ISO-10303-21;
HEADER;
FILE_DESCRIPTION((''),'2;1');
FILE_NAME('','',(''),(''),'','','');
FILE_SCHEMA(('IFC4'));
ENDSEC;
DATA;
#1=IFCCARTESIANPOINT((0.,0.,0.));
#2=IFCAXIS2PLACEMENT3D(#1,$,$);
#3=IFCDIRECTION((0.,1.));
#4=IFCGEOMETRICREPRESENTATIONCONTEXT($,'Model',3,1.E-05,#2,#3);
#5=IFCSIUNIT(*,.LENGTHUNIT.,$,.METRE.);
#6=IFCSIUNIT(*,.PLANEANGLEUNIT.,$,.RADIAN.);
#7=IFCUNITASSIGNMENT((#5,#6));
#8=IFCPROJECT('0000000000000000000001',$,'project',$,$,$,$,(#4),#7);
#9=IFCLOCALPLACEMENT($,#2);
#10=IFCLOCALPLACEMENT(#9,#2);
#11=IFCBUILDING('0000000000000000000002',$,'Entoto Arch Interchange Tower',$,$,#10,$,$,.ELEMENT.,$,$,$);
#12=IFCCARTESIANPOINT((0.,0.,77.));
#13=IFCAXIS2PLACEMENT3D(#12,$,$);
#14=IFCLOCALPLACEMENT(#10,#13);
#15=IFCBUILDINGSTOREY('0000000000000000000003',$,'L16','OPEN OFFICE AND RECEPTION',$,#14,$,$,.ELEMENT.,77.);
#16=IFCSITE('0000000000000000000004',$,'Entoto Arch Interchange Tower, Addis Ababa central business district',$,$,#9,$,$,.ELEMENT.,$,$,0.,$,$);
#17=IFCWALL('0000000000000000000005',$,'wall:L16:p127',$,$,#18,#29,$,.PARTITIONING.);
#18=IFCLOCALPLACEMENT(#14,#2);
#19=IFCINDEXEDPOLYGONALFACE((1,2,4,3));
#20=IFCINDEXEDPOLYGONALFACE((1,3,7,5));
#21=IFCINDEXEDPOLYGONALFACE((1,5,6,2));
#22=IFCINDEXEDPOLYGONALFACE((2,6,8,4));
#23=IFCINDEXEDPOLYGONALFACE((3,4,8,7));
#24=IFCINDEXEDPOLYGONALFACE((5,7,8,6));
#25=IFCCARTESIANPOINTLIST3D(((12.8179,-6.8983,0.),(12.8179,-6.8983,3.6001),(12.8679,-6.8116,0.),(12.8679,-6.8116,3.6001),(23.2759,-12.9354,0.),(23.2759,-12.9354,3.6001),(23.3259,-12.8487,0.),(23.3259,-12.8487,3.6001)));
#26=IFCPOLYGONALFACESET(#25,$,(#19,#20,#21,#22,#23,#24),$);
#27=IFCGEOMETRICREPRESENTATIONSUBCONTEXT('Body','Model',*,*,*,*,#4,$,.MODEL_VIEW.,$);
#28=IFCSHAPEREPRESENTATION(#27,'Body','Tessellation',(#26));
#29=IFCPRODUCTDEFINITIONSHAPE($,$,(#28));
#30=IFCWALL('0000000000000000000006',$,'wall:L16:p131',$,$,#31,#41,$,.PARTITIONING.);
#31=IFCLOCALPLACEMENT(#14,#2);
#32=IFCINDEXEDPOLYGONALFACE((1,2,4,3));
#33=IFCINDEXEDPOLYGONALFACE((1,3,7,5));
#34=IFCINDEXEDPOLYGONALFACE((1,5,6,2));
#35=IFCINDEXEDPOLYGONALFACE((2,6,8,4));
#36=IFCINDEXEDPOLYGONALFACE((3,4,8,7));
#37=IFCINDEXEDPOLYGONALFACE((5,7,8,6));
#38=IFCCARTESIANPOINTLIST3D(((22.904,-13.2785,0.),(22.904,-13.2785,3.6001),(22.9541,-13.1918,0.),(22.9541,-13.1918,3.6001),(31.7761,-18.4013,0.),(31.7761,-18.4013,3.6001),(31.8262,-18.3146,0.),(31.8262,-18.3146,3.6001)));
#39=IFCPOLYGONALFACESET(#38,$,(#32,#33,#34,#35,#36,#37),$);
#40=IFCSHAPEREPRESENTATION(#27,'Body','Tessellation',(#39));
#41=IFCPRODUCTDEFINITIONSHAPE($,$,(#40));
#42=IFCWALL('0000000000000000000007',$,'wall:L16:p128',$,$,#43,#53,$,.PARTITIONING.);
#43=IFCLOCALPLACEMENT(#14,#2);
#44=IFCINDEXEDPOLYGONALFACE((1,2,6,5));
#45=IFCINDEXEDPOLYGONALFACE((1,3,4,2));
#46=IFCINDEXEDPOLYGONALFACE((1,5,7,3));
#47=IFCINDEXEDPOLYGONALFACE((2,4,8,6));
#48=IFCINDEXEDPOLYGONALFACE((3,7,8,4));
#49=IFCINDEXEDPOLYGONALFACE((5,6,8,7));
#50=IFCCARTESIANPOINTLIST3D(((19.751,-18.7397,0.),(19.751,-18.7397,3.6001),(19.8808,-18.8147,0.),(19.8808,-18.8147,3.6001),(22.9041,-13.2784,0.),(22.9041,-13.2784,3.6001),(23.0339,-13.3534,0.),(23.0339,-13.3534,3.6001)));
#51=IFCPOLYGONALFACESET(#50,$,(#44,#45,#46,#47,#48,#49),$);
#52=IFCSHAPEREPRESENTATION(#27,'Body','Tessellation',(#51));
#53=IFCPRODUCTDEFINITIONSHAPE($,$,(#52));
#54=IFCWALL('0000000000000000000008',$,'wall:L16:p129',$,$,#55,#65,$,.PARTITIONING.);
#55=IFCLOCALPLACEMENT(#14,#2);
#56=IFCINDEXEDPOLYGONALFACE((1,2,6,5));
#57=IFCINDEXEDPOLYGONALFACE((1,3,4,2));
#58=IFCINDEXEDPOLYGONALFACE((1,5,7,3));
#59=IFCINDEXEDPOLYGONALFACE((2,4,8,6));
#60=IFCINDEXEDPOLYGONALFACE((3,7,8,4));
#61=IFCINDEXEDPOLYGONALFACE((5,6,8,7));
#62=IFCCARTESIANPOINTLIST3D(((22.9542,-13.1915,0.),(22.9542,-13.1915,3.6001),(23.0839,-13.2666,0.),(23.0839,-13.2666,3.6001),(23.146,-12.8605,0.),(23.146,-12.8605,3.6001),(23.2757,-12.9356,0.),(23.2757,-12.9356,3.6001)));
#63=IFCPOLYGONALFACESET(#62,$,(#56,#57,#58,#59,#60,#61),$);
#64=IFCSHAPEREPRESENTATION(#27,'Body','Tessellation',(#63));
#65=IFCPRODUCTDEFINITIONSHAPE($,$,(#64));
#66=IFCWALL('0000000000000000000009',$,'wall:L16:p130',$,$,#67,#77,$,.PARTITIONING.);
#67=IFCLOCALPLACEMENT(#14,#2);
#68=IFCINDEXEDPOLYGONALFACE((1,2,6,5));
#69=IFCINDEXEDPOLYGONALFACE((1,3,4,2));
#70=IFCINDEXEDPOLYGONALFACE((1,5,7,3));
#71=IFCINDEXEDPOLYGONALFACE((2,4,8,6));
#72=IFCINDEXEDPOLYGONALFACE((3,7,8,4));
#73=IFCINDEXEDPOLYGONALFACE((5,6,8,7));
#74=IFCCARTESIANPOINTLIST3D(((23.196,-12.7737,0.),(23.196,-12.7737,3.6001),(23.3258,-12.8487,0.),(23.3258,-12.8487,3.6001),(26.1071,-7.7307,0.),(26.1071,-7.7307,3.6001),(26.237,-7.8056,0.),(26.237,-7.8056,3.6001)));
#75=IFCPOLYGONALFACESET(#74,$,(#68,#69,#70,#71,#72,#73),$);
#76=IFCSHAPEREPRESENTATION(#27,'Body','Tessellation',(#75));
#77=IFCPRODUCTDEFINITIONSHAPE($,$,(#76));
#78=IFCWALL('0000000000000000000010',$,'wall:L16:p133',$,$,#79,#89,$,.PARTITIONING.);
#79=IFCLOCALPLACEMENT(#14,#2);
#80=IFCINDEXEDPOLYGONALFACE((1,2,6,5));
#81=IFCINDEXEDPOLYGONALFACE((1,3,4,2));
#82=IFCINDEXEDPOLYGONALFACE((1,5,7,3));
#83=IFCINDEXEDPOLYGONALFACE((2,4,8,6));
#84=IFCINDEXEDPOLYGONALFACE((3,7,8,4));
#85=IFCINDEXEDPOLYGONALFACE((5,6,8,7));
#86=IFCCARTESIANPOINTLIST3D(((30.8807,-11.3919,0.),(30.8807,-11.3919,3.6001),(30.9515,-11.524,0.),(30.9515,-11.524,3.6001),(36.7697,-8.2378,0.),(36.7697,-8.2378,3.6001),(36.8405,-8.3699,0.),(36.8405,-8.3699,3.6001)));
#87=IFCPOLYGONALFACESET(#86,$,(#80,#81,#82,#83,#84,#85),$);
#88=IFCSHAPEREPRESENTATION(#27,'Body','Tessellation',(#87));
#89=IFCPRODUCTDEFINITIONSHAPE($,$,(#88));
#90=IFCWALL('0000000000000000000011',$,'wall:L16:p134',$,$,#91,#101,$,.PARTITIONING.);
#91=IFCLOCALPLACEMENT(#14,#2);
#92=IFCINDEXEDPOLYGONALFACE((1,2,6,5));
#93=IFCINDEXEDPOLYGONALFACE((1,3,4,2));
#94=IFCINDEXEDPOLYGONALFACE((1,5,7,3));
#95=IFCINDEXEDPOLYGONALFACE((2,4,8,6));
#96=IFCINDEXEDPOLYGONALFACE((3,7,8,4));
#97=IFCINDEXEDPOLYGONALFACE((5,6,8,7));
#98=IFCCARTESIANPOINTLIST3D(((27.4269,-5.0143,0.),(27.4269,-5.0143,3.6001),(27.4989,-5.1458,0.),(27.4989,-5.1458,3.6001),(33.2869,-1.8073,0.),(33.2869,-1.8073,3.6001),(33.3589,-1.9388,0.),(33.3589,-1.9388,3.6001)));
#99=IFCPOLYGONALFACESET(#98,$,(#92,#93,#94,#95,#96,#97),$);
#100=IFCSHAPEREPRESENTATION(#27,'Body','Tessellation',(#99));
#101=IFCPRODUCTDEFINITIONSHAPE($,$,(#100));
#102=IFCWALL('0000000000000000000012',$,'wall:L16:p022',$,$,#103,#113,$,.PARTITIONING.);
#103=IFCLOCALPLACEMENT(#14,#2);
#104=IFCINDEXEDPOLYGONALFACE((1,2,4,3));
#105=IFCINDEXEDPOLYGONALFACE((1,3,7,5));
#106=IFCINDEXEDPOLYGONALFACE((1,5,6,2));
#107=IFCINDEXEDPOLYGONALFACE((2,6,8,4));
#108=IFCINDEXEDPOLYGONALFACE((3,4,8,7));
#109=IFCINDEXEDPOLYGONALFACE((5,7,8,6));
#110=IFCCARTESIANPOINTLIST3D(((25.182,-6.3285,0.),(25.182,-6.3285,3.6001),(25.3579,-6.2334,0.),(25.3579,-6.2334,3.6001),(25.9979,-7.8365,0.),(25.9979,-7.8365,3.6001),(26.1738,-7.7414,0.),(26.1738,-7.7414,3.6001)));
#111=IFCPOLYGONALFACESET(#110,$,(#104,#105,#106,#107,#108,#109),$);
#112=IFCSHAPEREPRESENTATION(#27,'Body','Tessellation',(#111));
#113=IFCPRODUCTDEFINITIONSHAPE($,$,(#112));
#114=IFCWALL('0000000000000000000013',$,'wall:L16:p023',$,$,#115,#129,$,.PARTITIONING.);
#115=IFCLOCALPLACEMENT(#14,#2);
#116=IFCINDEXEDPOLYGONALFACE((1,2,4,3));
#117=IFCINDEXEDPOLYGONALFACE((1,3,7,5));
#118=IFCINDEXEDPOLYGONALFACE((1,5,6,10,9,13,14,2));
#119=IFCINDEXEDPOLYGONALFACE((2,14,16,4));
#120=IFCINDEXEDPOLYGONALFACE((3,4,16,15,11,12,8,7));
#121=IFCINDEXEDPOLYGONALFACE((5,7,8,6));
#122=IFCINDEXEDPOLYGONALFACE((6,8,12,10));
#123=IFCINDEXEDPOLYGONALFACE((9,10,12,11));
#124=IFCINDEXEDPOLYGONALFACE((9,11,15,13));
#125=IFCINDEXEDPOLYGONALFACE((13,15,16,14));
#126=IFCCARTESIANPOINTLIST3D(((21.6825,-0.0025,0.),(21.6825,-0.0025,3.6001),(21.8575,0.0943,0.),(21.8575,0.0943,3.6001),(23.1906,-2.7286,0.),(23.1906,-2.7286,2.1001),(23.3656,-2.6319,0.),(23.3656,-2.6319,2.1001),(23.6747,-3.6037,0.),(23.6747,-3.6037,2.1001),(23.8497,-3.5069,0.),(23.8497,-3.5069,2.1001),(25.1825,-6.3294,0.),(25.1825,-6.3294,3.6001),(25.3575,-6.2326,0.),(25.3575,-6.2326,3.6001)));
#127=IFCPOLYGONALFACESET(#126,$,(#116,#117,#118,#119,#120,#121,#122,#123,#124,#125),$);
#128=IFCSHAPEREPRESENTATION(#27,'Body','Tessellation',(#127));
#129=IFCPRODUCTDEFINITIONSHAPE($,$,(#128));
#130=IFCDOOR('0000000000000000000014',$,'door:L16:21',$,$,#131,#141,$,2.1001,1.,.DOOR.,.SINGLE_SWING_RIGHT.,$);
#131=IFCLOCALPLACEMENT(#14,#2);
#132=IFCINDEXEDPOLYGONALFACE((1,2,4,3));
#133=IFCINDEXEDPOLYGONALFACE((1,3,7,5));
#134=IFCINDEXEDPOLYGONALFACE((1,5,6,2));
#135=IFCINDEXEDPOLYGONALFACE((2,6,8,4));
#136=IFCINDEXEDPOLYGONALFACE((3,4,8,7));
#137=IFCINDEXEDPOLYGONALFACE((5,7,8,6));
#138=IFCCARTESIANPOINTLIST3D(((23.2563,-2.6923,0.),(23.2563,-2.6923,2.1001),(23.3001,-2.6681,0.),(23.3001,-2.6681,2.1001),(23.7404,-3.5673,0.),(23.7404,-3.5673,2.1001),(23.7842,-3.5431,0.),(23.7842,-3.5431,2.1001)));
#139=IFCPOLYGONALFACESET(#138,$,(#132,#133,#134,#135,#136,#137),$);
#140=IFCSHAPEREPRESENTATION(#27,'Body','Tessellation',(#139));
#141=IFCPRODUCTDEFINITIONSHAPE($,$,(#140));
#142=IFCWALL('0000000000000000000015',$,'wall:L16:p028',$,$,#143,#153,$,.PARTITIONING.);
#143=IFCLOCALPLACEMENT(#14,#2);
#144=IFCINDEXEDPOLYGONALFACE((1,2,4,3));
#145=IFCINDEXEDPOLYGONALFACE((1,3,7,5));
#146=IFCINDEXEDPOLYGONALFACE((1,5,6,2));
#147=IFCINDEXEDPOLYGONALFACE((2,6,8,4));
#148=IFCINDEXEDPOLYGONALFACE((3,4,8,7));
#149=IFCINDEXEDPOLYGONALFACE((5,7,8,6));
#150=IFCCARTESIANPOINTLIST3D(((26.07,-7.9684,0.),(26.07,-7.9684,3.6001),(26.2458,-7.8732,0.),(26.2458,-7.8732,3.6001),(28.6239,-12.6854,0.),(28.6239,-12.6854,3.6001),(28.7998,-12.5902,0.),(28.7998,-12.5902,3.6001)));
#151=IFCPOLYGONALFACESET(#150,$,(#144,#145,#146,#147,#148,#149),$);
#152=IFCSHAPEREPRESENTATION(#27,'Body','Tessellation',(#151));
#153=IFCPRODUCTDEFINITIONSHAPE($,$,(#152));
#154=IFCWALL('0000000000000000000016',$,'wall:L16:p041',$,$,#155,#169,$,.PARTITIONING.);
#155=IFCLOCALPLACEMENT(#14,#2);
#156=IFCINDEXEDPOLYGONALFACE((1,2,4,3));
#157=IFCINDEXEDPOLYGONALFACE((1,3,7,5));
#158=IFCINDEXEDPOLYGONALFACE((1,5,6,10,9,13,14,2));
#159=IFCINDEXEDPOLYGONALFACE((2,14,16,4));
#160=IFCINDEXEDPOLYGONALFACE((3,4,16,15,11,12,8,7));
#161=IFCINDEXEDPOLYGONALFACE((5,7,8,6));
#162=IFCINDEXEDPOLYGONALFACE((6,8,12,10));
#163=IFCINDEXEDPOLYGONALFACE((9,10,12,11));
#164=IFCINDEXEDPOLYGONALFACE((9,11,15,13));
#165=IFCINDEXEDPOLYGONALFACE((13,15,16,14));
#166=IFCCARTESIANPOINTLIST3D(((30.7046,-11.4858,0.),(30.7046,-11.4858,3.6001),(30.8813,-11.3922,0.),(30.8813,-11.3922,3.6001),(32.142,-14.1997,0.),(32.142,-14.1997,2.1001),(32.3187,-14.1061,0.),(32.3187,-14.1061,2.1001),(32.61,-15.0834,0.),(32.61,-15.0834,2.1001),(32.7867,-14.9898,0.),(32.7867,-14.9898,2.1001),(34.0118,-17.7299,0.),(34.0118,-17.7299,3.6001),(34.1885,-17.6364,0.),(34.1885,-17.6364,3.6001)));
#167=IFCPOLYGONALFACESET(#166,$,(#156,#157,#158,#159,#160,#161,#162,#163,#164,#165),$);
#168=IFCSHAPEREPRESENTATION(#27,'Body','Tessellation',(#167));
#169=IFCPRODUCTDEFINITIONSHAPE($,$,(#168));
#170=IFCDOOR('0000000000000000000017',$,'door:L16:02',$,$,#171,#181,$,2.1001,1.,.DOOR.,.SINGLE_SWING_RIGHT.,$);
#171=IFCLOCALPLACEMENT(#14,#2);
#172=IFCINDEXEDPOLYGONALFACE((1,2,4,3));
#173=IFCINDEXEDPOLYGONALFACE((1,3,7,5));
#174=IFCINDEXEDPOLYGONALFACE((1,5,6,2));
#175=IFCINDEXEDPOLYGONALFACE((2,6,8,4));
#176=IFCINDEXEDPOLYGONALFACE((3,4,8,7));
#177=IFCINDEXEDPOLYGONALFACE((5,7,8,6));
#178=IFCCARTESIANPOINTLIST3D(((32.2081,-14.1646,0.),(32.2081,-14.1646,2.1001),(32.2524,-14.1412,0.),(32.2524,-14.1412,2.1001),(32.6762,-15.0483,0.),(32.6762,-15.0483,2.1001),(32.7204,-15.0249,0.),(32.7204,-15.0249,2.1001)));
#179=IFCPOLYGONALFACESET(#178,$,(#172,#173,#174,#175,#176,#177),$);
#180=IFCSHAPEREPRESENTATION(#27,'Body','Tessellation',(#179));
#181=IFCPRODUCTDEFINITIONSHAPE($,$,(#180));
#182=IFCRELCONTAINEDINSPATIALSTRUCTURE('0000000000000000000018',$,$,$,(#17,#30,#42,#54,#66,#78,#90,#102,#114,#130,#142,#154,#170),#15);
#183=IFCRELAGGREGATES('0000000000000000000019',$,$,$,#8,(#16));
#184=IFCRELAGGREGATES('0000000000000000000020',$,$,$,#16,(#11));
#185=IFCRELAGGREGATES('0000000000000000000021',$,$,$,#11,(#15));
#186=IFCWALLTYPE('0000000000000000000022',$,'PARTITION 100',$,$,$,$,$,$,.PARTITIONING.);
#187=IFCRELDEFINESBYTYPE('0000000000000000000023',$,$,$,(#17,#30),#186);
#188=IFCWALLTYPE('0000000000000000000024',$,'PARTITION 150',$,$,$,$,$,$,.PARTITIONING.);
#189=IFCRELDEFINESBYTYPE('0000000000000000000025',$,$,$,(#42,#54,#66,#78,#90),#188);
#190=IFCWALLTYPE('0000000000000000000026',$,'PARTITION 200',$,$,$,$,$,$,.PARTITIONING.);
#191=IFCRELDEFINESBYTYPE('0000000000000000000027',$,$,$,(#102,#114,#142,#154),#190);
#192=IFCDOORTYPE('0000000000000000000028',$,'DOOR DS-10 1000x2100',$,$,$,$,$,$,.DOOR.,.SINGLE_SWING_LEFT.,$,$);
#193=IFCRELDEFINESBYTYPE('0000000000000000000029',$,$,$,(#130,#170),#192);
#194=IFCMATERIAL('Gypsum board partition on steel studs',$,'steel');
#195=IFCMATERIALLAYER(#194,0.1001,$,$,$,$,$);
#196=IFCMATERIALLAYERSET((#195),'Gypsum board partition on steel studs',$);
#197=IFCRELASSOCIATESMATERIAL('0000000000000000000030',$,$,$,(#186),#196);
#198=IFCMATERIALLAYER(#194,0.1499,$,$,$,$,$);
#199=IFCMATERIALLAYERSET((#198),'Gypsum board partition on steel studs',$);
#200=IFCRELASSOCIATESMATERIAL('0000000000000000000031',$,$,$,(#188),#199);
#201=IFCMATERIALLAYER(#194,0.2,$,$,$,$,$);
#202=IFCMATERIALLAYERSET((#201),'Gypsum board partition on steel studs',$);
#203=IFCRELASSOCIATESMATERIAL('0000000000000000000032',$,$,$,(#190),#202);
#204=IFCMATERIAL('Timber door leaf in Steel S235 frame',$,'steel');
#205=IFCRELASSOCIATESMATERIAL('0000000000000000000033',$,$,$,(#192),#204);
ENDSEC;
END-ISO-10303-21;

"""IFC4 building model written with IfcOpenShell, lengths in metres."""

from ifc_helpers import new_model, si_unit, direction, frame, frame_2d, origin, place, context, subcontext, project, spatial, rectangle, extrude, material, layer, layer_set, type_object, element, fill, save


model = new_model("IFC4")

# Units and contexts
model_context = context("Model", 3, precision=1e-05, world=origin(), true_north=direction((0.0, 1.0)))
body_context = subcontext(model_context, "Body", "Model", "MODEL_VIEW")
ifc_project = project(units=[si_unit("LENGTHUNIT", "METRE"), si_unit("PLANEANGLEUNIT", "RADIAN")], contexts=[model_context])

# Site, building, storey
site_placement = place(None, origin())
site = spatial("IfcSite", under=ifc_project, at=site_placement, Name="Entoto Arch Interchange Tower, Addis Ababa central business district", CompositionType="ELEMENT", RefElevation=0.0)
building_placement = place(site_placement, origin())
building = spatial("IfcBuilding", under=site, at=building_placement, Name="Entoto Arch Interchange Tower", CompositionType="ELEMENT")
storey_placement = place(building_placement, frame((0.0, 0.0, 77.0)))
storey = spatial("IfcBuildingStorey", under=building, at=storey_placement, Name="L16", Description="OPEN OFFICE AND RECEPTION", CompositionType="ELEMENT", Elevation=77.0)

# Walls
ifc_material_1 = material(Name="Gypsum board partition on steel studs", Category="steel")
ifc_layer_1 = layer(ifc_material_1, 0.1001)
ifc_layer_set_1 = layer_set([ifc_layer_1], Name="Gypsum board partition on steel studs")
wall_type_1 = type_object("IfcWallType", Name="PARTITION 100", PredefinedType="PARTITIONING", material=ifc_layer_set_1)
wall_1_placement = place(storey_placement, frame((12.843, -6.855, 0.0), z_axis=(0.0, 0.0, 1.0), x_axis=(0.866055, -0.499949, 0.0)))
element("IfcWall", 1, at=wall_1_placement, inside=storey, type_object=wall_type_1, Name="wall:L16:p127", PredefinedType="PARTITIONING", context=body_context, shape_type="SweptSolid", body=[
    extrude(rectangle(XDim=12.0754, YDim=0.1001, at=frame_2d((6.0376, 0.0))), origin(), (0.0, 0.0, 1.0), 3.6001),
])
wall_2_placement = place(storey_placement, frame((22.929, -13.2351, 0.0), z_axis=(0.0, 0.0, 1.0), x_axis=(0.866004, -0.500037, 0.0)))
element("IfcWall", 2, at=wall_2_placement, inside=storey, type_object=wall_type_1, Name="wall:L16:p131", PredefinedType="PARTITIONING", context=body_context, shape_type="SweptSolid", body=[
    extrude(rectangle(XDim=10.2449, YDim=0.1001, at=frame_2d((5.1226, 0.0))), origin(), (0.0, 0.0, 1.0), 3.6001),
])
ifc_layer_2 = layer(ifc_material_1, 0.1499)
ifc_layer_set_2 = layer_set([ifc_layer_2], Name="Gypsum board partition on steel studs")
wall_type_2 = type_object("IfcWallType", Name="PARTITION 150", PredefinedType="PARTITIONING", material=ifc_layer_set_2)
wall_3_placement = place(storey_placement, frame((22.969, -13.3159, 0.0), z_axis=(0.0, 0.0, 1.0), x_axis=(-0.500007, -0.866021, 0.0)))
element("IfcWall", 3, at=wall_3_placement, inside=storey, type_object=wall_type_2, Name="wall:L16:p128", PredefinedType="PARTITIONING", context=body_context, shape_type="SweptSolid", body=[
    extrude(rectangle(XDim=6.3062, YDim=0.1499, at=frame_2d((3.1531, 0.0))), origin(), (0.0, 0.0, 1.0), 3.6001),
])
wall_4_placement = place(storey_placement, frame((23.2109, -12.8979, 0.0), z_axis=(0.0, 0.0, 1.0), x_axis=(-0.501489, -0.865164, 0.0)))
element("IfcWall", 4, at=wall_4_placement, inside=storey, type_object=wall_type_2, Name="wall:L16:p129", PredefinedType="PARTITIONING", context=body_context, shape_type="SweptSolid", body=[
    extrude(rectangle(XDim=0.3826, YDim=0.1499, at=frame_2d((0.1914, 0.0))), origin(), (0.0, 0.0, 1.0), 3.6001),
])
wall_5_placement = place(storey_placement, frame((26.1721, -7.7681, 0.0), z_axis=(0.0, 0.0, 1.0), x_axis=(-0.499945, -0.866057, 0.0)))
element("IfcWall", 5, at=wall_5_placement, inside=storey, type_object=wall_type_2, Name="wall:L16:p130", PredefinedType="PARTITIONING", context=body_context, shape_type="SweptSolid", body=[
    extrude(rectangle(XDim=5.823, YDim=0.1499, at=frame_2d((2.9116, 0.0))), origin(), (0.0, 0.0, 1.0), 3.6001),
])
wall_6_placement = place(storey_placement, frame((30.916, -11.458, 0.0), z_axis=(0.0, 0.0, 1.0), x_axis=(0.881525, 0.472137, 0.0)))
element("IfcWall", 6, at=wall_6_placement, inside=storey, type_object=wall_type_2, Name="wall:L16:p133", PredefinedType="PARTITIONING", context=body_context, shape_type="SweptSolid", body=[
    extrude(rectangle(XDim=6.6804, YDim=0.1499, at=frame_2d((3.3403, 0.0))), origin(), (0.0, 0.0, 1.0), 3.6001),
])
wall_7_placement = place(storey_placement, frame((27.4629, -5.0801, 0.0), z_axis=(0.0, 0.0, 1.0), x_axis=(0.877227, 0.480076, 0.0)))
element("IfcWall", 7, at=wall_7_placement, inside=storey, type_object=wall_type_2, Name="wall:L16:p134", PredefinedType="PARTITIONING", context=body_context, shape_type="SweptSolid", body=[
    extrude(rectangle(XDim=6.6802, YDim=0.1499, at=frame_2d((3.3401, 0.0))), origin(), (0.0, 0.0, 1.0), 3.6001),
])
ifc_layer_3 = layer(ifc_material_1, 0.2)
ifc_layer_set_3 = layer_set([ifc_layer_3], Name="Gypsum board partition on steel studs")
wall_type_3 = type_object("IfcWallType", Name="PARTITION 200", PredefinedType="PARTITIONING", material=ifc_layer_set_3)
wall_8_placement = place(storey_placement, frame((26.0859, -7.7891, 0.0), z_axis=(0.0, 0.0, 1.0), x_axis=(-0.475857, 0.879523, 0.0)))
element("IfcWall", 8, at=wall_8_placement, inside=storey, type_object=wall_type_3, Name="wall:L16:p022", PredefinedType="PARTITIONING", context=body_context, shape_type="SweptSolid", body=[
    extrude(rectangle(XDim=1.7146, YDim=0.2, at=frame_2d((0.8574, 0.0))), origin(), (0.0, 0.0, 1.0), 3.6001),
])

# Wall, opening, door
wall_9_placement = place(storey_placement, frame((25.27, -6.281, 0.0), z_axis=(0.0, 0.0, 1.0), x_axis=(-0.484062, 0.875033, 0.0)))
wall_9 = element("IfcWall", 9, at=wall_9_placement, inside=storey, type_object=wall_type_3, Name="wall:L16:p023", PredefinedType="PARTITIONING", context=body_context, shape_type="SweptSolid", body=[
    extrude(rectangle(XDim=7.2305, YDim=0.2, at=frame_2d((3.6152, 0.0))), origin(), (0.0, 0.0, 1.0), 3.6001),
])
opening_1_placement = place(wall_9_placement, frame((3.115, 0.0, 0.0)))
opening_1 = element("IfcOpeningElement", 10, at=opening_1_placement, cuts=wall_9, PredefinedType="OPENING", context=body_context, shape_type="SweptSolid", body=[
    extrude(rectangle(XDim=1.0, YDim=2.1001, at=frame_2d((0.5, 1.05))), frame((0.0, 0.1099, 0.0), z_axis=(0.0, -1.0, 0.0), x_axis=(1.0, 0.0, 0.0)), (0.0, 0.0, 1.0), 0.22),
])
ifc_material_2 = material(Name="Timber door leaf in Steel S235 frame", Category="steel")
door_type = type_object("IfcDoorType", Name="DOOR DS-10 1000x2100", OperationType="SINGLE_SWING_LEFT", PredefinedType="DOOR", material=ifc_material_2)
door_1_placement = place(opening_1_placement, origin())
door_1 = element("IfcDoor", 11, at=door_1_placement, inside=storey, type_object=door_type, Name="door:L16:21", OperationType="SINGLE_SWING_RIGHT", OverallHeight=2.1001, OverallWidth=1.0, PredefinedType="DOOR", context=body_context, shape_type="SweptSolid", body=[
    extrude(rectangle(XDim=1.0, YDim=2.1001, at=frame_2d((0.5, 1.05))), frame((0.0, 0.0249, 0.0), z_axis=(0.0, -1.0, 0.0), x_axis=(1.0, 0.0, 0.0)), (0.0, 0.0, 1.0), 0.05),
])
fill(opening_1, door_1)

# Wall
wall_10_placement = place(storey_placement, frame((28.7119, -12.6379, 0.0), z_axis=(0.0, 0.0, 1.0), x_axis=(-0.476123, 0.879379, 0.0)))
element("IfcWall", 12, at=wall_10_placement, inside=storey, type_object=wall_type_3, Name="wall:L16:p028", PredefinedType="PARTITIONING", context=body_context, shape_type="SweptSolid", body=[
    extrude(rectangle(XDim=5.364, YDim=0.2, at=frame_2d((2.6821, 0.0))), origin(), (0.0, 0.0, 1.0), 3.6001),
])

# Wall, opening, door
wall_11_placement = place(storey_placement, frame((30.793, -11.439, 0.0), z_axis=(0.0, 0.0, 1.0), x_axis=(0.468043, -0.883706, 0.0)))
wall_11 = element("IfcWall", 13, at=wall_11_placement, inside=storey, type_object=wall_type_3, Name="wall:L16:p041", PredefinedType="PARTITIONING", context=body_context, shape_type="SweptSolid", body=[
    extrude(rectangle(XDim=7.0659, YDim=0.2, at=frame_2d((3.533, 0.0))), origin(), (0.0, 0.0, 1.0), 3.6001),
])
opening_2_placement = place(wall_11_placement, frame((3.071, 0.0, 0.0)))
opening_2 = element("IfcOpeningElement", 14, at=opening_2_placement, cuts=wall_11, PredefinedType="OPENING", context=body_context, shape_type="SweptSolid", body=[
    extrude(rectangle(XDim=1.0, YDim=2.1001, at=frame_2d((0.5, 1.05))), frame((0.0, 0.1099, 0.0), z_axis=(0.0, -1.0, 0.0), x_axis=(1.0, 0.0, 0.0)), (0.0, 0.0, 1.0), 0.22),
])
door_2_placement = place(opening_2_placement, origin())
door_2 = element("IfcDoor", 15, at=door_2_placement, inside=storey, type_object=door_type, Name="door:L16:02", OperationType="SINGLE_SWING_RIGHT", OverallHeight=2.1001, OverallWidth=1.0, PredefinedType="DOOR", context=body_context, shape_type="SweptSolid", body=[
    extrude(rectangle(XDim=1.0, YDim=2.1001, at=frame_2d((0.5, 1.05))), frame((0.0, 0.0249, 0.0), z_axis=(0.0, -1.0, 0.0), x_axis=(1.0, 0.0, 0.0)), (0.0, 0.0, 1.0), 0.05),
])
fill(opening_2, door_2)

save(model, "model.ifc")
